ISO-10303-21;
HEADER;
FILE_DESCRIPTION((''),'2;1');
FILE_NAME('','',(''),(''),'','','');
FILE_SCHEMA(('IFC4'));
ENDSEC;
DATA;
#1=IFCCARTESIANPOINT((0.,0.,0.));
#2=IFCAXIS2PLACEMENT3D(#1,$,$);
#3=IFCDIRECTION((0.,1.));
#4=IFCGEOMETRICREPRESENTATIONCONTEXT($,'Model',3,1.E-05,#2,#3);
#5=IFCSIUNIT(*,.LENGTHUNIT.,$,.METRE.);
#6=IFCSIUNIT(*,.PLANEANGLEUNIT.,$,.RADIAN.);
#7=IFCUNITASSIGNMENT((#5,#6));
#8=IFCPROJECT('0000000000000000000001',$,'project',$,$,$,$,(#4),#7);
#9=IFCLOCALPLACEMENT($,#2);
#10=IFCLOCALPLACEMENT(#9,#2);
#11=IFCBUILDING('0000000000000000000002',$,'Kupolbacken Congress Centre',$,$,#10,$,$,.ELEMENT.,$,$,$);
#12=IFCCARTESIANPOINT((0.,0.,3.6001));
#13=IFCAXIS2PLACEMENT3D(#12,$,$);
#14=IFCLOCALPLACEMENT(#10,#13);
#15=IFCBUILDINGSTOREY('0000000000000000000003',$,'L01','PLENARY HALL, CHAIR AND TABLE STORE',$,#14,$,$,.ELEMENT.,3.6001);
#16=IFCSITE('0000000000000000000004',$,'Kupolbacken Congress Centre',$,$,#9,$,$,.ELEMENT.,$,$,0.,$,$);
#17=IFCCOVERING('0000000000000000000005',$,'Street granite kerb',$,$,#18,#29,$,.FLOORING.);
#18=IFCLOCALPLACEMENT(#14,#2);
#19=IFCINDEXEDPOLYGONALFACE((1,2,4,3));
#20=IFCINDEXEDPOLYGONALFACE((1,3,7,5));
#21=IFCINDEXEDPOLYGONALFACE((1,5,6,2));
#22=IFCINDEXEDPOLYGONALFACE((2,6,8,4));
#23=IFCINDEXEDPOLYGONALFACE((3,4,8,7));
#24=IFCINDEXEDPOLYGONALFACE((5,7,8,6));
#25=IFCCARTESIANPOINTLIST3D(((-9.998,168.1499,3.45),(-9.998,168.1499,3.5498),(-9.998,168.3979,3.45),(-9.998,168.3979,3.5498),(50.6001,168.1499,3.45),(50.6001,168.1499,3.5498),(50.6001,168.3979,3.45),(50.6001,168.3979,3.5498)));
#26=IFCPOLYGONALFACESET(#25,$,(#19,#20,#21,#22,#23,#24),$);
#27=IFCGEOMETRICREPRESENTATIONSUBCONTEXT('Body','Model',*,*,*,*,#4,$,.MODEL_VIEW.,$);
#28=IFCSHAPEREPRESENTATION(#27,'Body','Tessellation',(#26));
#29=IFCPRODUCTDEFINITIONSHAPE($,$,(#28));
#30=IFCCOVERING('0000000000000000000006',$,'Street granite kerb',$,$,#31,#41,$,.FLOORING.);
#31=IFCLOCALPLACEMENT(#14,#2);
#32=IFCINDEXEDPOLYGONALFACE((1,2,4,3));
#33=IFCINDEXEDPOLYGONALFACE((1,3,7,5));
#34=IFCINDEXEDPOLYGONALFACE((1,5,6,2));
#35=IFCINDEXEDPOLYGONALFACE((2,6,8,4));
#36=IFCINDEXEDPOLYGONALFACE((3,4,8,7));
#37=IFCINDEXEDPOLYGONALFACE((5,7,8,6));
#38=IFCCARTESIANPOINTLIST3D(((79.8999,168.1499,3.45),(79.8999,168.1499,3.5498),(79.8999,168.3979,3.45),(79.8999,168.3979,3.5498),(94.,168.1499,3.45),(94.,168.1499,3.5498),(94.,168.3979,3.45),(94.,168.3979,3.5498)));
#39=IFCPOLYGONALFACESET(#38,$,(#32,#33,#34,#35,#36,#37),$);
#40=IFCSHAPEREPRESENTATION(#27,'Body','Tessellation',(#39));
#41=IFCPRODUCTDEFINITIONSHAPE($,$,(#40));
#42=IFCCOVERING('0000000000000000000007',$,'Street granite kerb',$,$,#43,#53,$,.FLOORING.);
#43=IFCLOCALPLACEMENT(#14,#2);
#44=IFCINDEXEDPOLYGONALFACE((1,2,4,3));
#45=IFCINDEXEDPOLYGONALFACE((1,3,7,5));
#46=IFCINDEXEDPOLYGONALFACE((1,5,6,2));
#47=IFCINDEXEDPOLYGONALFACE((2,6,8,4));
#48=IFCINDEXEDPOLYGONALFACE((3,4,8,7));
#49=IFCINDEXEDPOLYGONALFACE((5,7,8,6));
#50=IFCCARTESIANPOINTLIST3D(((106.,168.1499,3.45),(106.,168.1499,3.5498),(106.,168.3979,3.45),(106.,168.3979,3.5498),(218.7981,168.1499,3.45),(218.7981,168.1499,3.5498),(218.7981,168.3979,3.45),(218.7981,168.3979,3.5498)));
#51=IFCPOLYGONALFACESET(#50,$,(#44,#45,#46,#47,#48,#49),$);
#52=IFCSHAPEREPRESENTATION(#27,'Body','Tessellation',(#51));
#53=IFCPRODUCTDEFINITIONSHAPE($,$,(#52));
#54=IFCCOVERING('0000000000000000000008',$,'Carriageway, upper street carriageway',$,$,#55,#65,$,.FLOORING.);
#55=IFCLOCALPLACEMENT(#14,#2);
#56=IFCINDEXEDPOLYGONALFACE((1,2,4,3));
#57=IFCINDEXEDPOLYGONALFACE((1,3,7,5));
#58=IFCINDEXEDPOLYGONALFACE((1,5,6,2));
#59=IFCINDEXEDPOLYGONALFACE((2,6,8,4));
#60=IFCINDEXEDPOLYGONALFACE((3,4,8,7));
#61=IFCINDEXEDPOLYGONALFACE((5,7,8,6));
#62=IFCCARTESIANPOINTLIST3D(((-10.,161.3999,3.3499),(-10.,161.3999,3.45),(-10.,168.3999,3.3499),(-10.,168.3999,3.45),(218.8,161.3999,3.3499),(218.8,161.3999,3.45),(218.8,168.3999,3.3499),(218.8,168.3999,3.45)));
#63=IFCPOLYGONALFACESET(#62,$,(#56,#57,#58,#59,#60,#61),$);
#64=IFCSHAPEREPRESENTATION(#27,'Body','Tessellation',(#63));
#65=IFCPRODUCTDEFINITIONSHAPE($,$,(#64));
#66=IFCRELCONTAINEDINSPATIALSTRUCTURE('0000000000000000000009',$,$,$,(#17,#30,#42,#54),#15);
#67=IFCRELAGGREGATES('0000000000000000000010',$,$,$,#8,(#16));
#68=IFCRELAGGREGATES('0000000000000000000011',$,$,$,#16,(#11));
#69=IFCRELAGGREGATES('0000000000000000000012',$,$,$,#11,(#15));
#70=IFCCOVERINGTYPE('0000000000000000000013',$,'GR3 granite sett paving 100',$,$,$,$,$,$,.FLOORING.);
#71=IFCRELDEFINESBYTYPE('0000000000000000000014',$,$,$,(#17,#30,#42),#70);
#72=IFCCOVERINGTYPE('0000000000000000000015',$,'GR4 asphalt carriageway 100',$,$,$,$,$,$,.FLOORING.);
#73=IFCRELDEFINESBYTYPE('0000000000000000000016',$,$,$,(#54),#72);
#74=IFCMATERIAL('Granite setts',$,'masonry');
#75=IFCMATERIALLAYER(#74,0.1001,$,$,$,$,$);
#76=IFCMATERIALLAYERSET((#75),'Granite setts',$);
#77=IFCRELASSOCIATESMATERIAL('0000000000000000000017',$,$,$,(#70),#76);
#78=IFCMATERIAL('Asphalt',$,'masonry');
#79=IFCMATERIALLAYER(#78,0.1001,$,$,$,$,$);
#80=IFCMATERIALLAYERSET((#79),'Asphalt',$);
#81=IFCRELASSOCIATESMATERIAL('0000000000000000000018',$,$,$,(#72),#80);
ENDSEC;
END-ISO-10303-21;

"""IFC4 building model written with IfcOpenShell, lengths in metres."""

from ifc_helpers import new_model, si_unit, direction, frame, origin, place, context, subcontext, project, spatial, polyline, outline, extrude, material, layer, layer_set, type_object, element, save


model = new_model("IFC4")

# Units and contexts
model_context = context("Model", 3, precision=1e-05, world=origin(), true_north=direction((0.0, 1.0)))
body_context = subcontext(model_context, "Body", "Model", "MODEL_VIEW")
ifc_project = project(units=[si_unit("LENGTHUNIT", "METRE"), si_unit("PLANEANGLEUNIT", "RADIAN")], contexts=[model_context])

# Site, building, storey
site_placement = place(None, origin())
site = spatial("IfcSite", under=ifc_project, at=site_placement, Name="Kupolbacken Congress Centre", CompositionType="ELEMENT", RefElevation=0.0)
building_placement = place(site_placement, origin())
building = spatial("IfcBuilding", under=site, at=building_placement, Name="Kupolbacken Congress Centre", CompositionType="ELEMENT")
storey_placement = place(building_placement, frame((0.0, 0.0, 3.6001)))
storey = spatial("IfcBuildingStorey", under=building, at=storey_placement, Name="L01", Description="PLENARY HALL, CHAIR AND TABLE STORE", CompositionType="ELEMENT", Elevation=3.6001)

# Coverings
ifc_material_1 = material(Name="Granite setts", Category="masonry")
ifc_layer_1 = layer(ifc_material_1, 0.1001)
ifc_layer_set_1 = layer_set([ifc_layer_1], Name="Granite setts")
covering_type_1 = type_object("IfcCoveringType", Name="GR3 granite sett paving 100", PredefinedType="FLOORING", material=ifc_layer_set_1)
covering_1_placement = place(storey_placement, frame((0.0, 0.0, 3.45)))
element("IfcCovering", 1, at=covering_1_placement, inside=storey, type_object=covering_type_1, Name="Street granite kerb", PredefinedType="FLOORING", context=body_context, shape_type="SweptSolid", body=[
    extrude(outline(polyline([(-9.998, 168.3979), (50.6001, 168.3979), (50.6001, 168.1499), (-9.998, 168.1499), (-9.998, 168.3979)])), origin(), (0.0, 0.0, 1.0), 0.0999),
])
covering_2_placement = place(storey_placement, frame((0.0, 0.0, 3.45)))
element("IfcCovering", 2, at=covering_2_placement, inside=storey, type_object=covering_type_1, Name="Street granite kerb", PredefinedType="FLOORING", context=body_context, shape_type="SweptSolid", body=[
    extrude(outline(polyline([(94.0, 168.3979), (94.0, 168.1499), (79.8999, 168.1499), (79.8999, 168.3979), (94.0, 168.3979)])), origin(), (0.0, 0.0, 1.0), 0.0999),
])
covering_3_placement = place(storey_placement, frame((0.0, 0.0, 3.45)))
element("IfcCovering", 3, at=covering_3_placement, inside=storey, type_object=covering_type_1, Name="Street granite kerb", PredefinedType="FLOORING", context=body_context, shape_type="SweptSolid", body=[
    extrude(outline(polyline([(218.7981, 168.3979), (218.7981, 168.1499), (106.0, 168.1499), (106.0, 168.3979), (218.7981, 168.3979)])), origin(), (0.0, 0.0, 1.0), 0.0999),
])
ifc_material_2 = material(Name="Asphalt", Category="masonry")
ifc_layer_2 = layer(ifc_material_2, 0.1001)
ifc_layer_set_2 = layer_set([ifc_layer_2], Name="Asphalt")
covering_type_2 = type_object("IfcCoveringType", Name="GR4 asphalt carriageway 100", PredefinedType="FLOORING", material=ifc_layer_set_2)
covering_4_placement = place(storey_placement, frame((0.0, 0.0, 3.3499)))
element("IfcCovering", 4, at=covering_4_placement, inside=storey, type_object=covering_type_2, Name="Carriageway, upper street carriageway", PredefinedType="FLOORING", context=body_context, shape_type="SweptSolid", body=[
    extrude(outline(polyline([(-10.0, 161.3999), (-10.0, 168.3999), (218.8, 168.3999), (218.8, 161.3999), (-10.0, 161.3999)])), origin(), (0.0, 0.0, 1.0), 0.1001),
])

save(model, "model.ifc")
